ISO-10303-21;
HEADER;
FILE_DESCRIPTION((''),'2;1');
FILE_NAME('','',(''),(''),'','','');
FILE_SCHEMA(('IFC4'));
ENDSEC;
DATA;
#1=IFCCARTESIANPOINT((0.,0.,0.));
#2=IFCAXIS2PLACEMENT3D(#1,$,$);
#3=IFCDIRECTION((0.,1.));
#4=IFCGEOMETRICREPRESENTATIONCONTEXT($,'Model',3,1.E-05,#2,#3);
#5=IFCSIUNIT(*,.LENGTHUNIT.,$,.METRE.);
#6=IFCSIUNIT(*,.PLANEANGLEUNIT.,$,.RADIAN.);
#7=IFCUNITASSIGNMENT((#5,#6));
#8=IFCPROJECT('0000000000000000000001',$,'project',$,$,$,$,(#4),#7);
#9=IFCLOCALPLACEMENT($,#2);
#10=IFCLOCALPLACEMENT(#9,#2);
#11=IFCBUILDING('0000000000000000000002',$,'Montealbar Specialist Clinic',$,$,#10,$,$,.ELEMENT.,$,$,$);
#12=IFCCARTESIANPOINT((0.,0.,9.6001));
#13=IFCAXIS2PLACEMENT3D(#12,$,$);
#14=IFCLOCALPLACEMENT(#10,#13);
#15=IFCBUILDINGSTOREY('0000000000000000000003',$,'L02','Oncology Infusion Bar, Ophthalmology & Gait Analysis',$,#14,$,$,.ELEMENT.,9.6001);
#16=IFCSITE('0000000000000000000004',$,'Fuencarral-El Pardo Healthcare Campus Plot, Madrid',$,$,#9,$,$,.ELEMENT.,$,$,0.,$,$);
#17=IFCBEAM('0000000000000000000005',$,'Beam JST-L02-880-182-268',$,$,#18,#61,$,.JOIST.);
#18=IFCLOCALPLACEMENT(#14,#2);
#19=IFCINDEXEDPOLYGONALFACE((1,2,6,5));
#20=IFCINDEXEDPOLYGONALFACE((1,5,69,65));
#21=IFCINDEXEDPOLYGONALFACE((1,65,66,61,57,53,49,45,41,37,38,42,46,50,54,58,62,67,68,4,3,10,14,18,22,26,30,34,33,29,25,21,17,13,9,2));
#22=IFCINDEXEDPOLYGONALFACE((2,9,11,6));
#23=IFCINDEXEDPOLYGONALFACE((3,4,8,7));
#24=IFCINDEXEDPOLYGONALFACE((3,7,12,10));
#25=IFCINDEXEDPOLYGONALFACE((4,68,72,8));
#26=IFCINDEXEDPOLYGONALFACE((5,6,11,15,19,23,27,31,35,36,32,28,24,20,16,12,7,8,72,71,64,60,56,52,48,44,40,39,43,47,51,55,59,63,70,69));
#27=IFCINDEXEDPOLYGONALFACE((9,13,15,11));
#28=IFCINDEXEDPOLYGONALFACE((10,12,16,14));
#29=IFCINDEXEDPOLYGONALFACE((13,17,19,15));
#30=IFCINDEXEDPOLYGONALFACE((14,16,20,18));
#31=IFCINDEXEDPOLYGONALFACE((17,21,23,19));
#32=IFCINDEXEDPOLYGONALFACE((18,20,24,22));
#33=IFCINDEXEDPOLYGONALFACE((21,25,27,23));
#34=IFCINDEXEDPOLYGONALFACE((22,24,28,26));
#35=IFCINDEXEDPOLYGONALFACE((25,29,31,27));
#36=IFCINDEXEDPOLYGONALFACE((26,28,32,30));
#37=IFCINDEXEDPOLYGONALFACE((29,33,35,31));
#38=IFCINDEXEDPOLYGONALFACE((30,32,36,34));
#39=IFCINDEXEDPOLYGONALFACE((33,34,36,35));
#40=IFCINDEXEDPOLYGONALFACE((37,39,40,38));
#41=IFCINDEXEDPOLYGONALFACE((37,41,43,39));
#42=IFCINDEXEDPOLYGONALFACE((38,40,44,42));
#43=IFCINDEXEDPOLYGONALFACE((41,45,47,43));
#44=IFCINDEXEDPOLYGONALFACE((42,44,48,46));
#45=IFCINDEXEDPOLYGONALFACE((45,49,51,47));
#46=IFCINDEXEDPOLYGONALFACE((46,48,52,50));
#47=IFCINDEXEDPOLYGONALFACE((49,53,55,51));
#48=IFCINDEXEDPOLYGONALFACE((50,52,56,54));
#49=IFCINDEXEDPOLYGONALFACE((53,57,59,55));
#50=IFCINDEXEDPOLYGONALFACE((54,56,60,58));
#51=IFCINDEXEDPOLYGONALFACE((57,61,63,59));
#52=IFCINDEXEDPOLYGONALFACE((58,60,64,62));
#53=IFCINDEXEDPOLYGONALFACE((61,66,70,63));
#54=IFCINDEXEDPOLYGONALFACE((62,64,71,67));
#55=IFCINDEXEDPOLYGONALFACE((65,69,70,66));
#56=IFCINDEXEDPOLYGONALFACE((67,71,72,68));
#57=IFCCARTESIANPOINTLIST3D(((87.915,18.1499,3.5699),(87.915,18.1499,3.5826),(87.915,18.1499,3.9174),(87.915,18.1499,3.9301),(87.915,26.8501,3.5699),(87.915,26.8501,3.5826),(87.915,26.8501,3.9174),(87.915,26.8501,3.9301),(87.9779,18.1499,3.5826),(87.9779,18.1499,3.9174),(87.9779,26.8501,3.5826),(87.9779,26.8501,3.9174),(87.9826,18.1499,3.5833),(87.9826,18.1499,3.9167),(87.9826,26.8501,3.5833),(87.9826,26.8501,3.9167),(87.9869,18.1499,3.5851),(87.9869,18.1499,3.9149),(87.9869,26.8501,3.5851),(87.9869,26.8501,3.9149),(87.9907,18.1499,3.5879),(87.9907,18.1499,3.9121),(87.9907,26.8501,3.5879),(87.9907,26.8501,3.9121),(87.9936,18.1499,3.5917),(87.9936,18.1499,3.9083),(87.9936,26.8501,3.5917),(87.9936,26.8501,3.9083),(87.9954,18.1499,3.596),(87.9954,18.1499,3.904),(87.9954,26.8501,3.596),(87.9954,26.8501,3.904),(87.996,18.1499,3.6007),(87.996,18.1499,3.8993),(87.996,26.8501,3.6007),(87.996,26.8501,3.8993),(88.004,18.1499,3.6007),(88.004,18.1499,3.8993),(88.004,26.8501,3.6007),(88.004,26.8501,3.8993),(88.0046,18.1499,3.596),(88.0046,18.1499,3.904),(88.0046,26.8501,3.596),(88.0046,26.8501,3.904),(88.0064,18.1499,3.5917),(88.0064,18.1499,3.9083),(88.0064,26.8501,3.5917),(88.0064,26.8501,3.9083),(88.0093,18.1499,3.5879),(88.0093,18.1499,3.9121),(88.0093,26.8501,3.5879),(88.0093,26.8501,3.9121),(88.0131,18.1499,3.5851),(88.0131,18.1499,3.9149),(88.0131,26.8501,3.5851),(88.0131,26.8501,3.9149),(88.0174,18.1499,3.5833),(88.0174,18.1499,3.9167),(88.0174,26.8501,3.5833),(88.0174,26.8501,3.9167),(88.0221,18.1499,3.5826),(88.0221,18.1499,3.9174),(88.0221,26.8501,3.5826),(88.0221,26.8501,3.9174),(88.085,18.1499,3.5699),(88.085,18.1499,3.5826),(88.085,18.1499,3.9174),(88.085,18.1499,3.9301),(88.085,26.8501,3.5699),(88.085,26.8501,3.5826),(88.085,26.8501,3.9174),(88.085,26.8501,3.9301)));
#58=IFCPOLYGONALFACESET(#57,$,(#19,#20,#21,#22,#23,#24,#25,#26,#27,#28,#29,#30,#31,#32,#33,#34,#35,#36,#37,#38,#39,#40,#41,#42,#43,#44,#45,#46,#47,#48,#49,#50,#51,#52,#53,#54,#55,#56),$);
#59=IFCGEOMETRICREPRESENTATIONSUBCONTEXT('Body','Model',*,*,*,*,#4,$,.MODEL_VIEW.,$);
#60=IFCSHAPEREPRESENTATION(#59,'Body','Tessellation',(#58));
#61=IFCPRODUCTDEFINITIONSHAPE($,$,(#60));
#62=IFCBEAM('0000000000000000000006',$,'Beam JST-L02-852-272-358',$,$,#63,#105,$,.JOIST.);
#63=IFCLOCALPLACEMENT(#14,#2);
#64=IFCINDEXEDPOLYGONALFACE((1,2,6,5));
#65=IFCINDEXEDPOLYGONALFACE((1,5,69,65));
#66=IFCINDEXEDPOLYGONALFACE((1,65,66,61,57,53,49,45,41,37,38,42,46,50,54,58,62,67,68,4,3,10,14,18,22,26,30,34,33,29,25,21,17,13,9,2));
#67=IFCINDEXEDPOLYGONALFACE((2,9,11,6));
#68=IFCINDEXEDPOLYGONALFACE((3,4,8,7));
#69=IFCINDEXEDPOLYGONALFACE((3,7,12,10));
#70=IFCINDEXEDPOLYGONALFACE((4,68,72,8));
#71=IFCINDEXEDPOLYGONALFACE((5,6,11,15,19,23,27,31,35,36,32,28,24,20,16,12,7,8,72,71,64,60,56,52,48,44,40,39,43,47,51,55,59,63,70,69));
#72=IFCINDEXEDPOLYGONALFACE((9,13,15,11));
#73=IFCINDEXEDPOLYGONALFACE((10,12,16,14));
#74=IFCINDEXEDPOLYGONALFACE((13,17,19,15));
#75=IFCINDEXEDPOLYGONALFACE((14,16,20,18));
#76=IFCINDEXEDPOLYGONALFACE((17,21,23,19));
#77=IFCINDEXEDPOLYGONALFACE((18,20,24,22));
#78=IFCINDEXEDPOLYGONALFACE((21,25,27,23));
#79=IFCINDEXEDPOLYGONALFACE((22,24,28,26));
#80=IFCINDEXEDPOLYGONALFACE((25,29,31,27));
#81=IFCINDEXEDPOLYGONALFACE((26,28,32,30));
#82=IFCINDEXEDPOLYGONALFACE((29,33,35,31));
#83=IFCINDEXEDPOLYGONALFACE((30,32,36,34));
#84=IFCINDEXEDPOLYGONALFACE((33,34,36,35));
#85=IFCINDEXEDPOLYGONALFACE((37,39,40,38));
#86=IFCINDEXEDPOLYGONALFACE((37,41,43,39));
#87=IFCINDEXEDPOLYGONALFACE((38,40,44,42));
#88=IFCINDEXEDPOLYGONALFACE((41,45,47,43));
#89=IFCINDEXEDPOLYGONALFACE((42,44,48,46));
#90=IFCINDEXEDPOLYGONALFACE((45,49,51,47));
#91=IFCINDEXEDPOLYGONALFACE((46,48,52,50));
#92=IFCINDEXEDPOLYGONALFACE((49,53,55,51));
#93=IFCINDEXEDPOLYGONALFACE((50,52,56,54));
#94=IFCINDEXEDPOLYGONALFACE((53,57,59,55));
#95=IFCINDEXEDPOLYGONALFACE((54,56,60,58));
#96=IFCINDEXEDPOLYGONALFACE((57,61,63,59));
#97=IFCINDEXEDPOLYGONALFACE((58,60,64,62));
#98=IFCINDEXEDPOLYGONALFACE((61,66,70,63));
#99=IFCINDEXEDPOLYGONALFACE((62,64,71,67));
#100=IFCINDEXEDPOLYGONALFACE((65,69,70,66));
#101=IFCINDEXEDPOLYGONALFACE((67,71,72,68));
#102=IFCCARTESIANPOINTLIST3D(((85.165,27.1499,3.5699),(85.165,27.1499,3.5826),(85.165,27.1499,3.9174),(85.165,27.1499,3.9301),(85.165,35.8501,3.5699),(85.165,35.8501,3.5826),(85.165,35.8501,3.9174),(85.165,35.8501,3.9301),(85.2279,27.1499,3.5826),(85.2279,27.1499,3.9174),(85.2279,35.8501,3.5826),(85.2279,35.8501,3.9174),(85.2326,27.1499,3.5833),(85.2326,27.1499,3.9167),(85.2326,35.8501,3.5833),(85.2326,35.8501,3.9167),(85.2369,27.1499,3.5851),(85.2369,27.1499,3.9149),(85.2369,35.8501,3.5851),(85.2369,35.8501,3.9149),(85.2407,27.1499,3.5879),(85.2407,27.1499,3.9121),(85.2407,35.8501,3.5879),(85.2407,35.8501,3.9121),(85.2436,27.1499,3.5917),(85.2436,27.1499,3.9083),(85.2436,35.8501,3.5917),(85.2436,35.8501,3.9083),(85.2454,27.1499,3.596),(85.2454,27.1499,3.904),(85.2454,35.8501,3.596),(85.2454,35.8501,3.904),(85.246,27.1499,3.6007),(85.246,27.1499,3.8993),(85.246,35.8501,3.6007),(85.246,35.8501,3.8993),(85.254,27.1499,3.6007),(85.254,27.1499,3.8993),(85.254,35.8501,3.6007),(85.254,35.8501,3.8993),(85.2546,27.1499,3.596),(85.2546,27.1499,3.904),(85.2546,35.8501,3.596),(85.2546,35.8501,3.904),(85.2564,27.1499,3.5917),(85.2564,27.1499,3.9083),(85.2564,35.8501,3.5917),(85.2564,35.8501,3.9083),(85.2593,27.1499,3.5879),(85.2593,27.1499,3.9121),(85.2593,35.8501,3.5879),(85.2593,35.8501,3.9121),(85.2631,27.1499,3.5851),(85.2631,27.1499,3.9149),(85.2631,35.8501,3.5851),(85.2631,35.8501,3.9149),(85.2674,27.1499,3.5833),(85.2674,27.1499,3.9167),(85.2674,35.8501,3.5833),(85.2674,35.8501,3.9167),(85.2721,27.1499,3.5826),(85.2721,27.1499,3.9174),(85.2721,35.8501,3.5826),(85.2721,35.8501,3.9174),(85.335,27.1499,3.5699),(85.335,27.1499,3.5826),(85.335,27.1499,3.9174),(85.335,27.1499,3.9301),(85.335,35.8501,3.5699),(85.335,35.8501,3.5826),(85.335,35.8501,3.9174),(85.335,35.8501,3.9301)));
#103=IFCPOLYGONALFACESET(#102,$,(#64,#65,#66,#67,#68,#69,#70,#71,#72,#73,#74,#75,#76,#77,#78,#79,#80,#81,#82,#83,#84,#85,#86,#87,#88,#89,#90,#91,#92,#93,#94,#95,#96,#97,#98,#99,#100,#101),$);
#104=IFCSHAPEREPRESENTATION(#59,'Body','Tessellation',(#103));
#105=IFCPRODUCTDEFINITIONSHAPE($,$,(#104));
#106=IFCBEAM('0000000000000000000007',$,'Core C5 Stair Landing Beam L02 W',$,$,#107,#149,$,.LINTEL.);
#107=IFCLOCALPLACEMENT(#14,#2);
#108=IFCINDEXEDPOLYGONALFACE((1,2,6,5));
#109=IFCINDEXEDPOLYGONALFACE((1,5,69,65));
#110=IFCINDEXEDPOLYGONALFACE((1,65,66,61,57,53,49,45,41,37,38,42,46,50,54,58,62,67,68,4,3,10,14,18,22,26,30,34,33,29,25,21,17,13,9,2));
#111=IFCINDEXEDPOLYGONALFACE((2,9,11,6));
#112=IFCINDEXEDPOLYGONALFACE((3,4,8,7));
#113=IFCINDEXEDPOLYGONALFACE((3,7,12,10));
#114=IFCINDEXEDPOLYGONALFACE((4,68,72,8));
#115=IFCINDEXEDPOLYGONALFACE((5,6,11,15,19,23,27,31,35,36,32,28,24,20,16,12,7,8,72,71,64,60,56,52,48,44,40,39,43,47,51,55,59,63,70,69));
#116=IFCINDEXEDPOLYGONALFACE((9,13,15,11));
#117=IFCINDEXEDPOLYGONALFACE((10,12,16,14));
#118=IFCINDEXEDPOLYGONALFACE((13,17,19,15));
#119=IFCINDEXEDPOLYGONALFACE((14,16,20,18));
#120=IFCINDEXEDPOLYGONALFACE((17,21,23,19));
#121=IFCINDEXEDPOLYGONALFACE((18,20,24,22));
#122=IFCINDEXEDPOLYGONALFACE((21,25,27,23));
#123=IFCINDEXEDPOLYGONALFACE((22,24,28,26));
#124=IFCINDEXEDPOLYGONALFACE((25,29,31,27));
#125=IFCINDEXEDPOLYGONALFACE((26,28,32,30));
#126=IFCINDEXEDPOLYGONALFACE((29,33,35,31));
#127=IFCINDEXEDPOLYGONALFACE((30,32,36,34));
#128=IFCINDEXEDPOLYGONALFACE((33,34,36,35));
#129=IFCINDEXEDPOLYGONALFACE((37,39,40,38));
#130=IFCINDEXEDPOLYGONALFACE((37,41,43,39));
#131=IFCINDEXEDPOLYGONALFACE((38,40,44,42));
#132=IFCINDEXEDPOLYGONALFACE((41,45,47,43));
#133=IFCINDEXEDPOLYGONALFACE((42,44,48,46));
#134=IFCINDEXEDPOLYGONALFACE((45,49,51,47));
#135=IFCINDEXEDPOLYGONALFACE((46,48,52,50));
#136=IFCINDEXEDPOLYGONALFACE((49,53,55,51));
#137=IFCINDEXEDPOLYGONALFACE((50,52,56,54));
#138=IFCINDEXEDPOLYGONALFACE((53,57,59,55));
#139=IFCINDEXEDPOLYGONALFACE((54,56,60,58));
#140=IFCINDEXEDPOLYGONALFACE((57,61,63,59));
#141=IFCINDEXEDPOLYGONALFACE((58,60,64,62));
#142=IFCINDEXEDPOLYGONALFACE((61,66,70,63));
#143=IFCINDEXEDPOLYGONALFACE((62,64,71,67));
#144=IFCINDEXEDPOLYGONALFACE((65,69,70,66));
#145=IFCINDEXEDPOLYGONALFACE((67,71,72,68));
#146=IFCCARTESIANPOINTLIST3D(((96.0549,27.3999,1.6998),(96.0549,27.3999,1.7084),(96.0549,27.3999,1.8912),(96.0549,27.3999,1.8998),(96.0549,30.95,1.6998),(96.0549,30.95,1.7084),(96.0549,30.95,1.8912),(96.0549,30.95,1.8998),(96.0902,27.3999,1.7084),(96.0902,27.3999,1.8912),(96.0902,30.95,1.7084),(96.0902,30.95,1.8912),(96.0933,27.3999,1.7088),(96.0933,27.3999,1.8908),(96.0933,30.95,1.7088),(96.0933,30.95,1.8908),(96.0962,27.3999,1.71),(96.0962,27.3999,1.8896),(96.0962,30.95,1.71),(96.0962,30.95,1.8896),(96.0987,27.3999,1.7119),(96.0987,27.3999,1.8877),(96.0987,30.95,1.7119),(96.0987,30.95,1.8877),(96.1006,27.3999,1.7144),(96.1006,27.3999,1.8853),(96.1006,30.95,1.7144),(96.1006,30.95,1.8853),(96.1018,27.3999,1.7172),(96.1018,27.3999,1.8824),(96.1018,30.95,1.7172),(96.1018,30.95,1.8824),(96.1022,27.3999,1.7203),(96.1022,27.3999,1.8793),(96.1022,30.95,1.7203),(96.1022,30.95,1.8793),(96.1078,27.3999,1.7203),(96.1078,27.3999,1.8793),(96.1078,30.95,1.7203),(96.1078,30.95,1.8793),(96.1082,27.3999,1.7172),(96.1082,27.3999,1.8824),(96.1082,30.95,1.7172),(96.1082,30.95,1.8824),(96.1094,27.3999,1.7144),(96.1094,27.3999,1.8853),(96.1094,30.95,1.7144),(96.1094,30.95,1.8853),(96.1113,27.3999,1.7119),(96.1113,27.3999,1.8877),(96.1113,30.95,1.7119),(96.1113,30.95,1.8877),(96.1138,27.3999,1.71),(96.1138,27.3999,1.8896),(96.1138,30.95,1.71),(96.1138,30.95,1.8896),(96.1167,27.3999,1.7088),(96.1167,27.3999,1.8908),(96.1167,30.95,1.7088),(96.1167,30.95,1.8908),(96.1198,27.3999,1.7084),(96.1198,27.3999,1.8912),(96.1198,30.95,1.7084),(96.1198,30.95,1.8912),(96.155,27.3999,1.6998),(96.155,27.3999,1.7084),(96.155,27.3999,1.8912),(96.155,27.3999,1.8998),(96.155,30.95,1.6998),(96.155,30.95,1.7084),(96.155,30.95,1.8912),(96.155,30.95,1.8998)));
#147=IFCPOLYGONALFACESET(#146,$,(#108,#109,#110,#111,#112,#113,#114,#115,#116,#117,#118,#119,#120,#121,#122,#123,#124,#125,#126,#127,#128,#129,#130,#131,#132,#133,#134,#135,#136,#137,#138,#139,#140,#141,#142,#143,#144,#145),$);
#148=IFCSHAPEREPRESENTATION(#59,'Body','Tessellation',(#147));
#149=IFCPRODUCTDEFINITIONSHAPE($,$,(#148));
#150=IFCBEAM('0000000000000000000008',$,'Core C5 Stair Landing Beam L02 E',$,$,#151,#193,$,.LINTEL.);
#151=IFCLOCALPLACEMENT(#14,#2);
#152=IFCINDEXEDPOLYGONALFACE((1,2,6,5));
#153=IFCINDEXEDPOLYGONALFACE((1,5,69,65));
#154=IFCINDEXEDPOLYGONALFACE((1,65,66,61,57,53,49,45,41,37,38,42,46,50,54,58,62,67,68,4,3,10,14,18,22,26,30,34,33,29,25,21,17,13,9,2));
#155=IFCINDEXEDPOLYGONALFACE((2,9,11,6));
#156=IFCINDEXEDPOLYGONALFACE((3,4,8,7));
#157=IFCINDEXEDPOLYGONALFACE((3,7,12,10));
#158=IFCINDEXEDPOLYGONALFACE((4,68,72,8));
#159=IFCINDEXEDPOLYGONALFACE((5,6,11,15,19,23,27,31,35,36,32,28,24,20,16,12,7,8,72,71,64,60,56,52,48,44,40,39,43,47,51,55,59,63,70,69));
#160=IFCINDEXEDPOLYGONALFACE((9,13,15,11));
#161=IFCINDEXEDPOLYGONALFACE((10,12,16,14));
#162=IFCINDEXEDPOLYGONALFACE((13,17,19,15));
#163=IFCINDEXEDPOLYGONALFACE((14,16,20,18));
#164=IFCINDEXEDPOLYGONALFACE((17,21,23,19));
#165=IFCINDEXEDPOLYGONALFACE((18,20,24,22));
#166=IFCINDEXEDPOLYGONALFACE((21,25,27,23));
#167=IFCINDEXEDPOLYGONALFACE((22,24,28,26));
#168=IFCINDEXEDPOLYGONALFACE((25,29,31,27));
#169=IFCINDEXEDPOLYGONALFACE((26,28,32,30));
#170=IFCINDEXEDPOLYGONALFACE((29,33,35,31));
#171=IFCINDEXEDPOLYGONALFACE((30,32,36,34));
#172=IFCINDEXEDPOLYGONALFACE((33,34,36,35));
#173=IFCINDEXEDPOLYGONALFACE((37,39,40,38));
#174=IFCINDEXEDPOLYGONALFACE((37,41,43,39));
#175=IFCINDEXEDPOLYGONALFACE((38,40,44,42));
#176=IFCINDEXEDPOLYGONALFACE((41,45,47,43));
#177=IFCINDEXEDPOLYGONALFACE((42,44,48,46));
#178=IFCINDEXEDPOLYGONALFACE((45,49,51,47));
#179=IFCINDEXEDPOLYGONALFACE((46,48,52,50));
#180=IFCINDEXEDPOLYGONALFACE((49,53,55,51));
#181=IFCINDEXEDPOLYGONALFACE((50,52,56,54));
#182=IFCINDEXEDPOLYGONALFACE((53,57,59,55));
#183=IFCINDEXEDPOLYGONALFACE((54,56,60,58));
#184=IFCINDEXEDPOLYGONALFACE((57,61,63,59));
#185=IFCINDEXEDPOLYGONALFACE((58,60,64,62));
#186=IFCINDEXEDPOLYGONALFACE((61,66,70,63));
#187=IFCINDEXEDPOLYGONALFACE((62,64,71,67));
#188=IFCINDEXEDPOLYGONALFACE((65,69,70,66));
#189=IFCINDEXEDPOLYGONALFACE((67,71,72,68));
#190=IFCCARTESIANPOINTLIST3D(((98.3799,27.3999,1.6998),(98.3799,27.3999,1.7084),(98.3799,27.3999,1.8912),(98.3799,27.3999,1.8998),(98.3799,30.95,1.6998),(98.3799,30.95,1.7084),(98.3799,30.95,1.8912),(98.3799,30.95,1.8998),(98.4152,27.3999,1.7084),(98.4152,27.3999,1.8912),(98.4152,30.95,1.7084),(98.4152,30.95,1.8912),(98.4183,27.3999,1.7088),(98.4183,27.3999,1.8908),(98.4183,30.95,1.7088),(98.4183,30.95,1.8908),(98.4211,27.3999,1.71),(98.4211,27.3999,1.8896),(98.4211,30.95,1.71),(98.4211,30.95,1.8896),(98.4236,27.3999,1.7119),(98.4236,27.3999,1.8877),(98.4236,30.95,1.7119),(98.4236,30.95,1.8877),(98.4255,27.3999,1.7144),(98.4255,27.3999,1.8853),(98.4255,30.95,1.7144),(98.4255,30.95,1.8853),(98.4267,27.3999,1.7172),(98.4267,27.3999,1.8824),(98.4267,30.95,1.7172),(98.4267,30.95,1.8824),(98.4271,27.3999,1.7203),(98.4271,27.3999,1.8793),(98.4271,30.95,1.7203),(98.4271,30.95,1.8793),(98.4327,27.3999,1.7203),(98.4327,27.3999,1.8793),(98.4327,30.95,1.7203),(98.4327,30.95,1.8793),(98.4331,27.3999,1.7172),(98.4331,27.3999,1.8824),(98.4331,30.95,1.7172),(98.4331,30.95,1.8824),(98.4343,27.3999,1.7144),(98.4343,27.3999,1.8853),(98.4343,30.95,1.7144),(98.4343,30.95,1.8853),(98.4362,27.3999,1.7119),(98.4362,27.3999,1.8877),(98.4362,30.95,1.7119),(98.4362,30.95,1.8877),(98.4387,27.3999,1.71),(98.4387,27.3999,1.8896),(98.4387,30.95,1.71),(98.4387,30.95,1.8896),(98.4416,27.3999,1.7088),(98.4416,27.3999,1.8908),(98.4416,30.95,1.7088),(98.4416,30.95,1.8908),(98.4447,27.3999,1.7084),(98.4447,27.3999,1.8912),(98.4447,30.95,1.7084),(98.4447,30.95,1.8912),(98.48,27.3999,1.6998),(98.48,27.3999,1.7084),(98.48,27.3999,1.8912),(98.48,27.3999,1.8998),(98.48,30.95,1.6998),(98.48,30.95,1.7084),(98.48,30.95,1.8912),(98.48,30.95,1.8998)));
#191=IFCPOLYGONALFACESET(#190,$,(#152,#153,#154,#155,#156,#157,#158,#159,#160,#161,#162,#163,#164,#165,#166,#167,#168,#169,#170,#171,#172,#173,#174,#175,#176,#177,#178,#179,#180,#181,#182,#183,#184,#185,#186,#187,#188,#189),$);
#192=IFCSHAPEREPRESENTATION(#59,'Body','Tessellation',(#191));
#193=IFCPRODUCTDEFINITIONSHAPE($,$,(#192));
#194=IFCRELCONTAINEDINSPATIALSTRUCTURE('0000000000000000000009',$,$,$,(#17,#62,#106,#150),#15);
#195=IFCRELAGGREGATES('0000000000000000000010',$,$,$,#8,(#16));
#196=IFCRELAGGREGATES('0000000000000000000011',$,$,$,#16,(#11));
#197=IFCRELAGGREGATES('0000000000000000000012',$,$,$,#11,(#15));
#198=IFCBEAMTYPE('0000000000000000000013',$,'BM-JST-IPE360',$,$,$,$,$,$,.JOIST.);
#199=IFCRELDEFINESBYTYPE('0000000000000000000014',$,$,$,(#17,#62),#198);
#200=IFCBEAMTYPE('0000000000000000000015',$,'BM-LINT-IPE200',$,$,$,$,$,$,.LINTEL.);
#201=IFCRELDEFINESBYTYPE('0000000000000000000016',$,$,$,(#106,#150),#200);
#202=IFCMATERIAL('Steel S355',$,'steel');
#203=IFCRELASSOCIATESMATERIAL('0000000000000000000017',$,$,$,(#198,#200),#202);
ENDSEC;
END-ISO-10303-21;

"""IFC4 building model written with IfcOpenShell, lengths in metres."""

from ifc_helpers import new_model, si_unit, direction, frame, origin, origin_2d, place, context, subcontext, project, spatial, i_section, extrude, material, material_profile, profile_set, type_object, element, save


model = new_model("IFC4")

# Units and contexts
model_context = context("Model", 3, precision=1e-05, world=origin(), true_north=direction((0.0, 1.0)))
body_context = subcontext(model_context, "Body", "Model", "MODEL_VIEW")
ifc_project = project(units=[si_unit("LENGTHUNIT", "METRE"), si_unit("PLANEANGLEUNIT", "RADIAN")], contexts=[model_context])

# Site, building, storey
site_placement = place(None, origin())
site = spatial("IfcSite", under=ifc_project, at=site_placement, Name="Fuencarral-El Pardo Healthcare Campus Plot, Madrid", CompositionType="ELEMENT", RefElevation=0.0)
building_placement = place(site_placement, origin())
building = spatial("IfcBuilding", under=site, at=building_placement, Name="Montealbar Specialist Clinic", CompositionType="ELEMENT")
storey_placement = place(building_placement, frame((0.0, 0.0, 9.6001)))
storey = spatial("IfcBuildingStorey", under=building, at=storey_placement, Name="L02", Description="Oncology Infusion Bar, Ophthalmology & Gait Analysis", CompositionType="ELEMENT", Elevation=9.6001)

# Shared definitions
ifc_material_1 = material(Name="Steel S355", Category="steel")

# Beams
ifc_material_profile_1 = material_profile(ifc_material_1, i_section(OverallWidth=0.1699, OverallDepth=0.3601, WebThickness=0.0081, FlangeThickness=0.0127, FilletRadius=0.0181, at=origin_2d()), Name="IPE 360", Category="steel")
ifc_profile_set_1 = profile_set([ifc_material_profile_1], Name="Steel S355")
beam_type_1 = type_object("IfcBeamType", Name="BM-JST-IPE360", PredefinedType="JOIST", material=ifc_profile_set_1)
for number, where, z_axis, x_axis, name in (
    (1, (88.0, 18.1499, 3.75), (0.0, 1.0, 0.0), (-1.0, 0.0, 0.0), "Beam JST-L02-880-182-268"),
    (2, (85.25, 27.1499, 3.75), (0.0, 1.0, 0.0), (-1.0, 0.0, 0.0), "Beam JST-L02-852-272-358"),
):
    element("IfcBeam", number, at=place(storey_placement, frame(where, z_axis=z_axis, x_axis=x_axis)), inside=storey, type_object=beam_type_1, Name=name, PredefinedType="JOIST", context=body_context, shape_type="SweptSolid", body=[
        extrude(i_section(OverallWidth=0.1699, OverallDepth=0.3601, WebThickness=0.0081, FlangeThickness=0.0127, FilletRadius=0.0181, at=origin_2d()), origin(), (0.0, 0.0, 1.0), 8.7002),
    ])
ifc_material_profile_2 = material_profile(ifc_material_1, i_section(OverallWidth=0.1001, OverallDepth=0.2, WebThickness=0.0056, FlangeThickness=0.0085, FilletRadius=0.012, at=origin_2d()), Name="IPE 200", Category="steel")
ifc_profile_set_2 = profile_set([ifc_material_profile_2], Name="Steel S355")
beam_type_2 = type_object("IfcBeamType", Name="BM-LINT-IPE200", PredefinedType="LINTEL", material=ifc_profile_set_2)
for number, where, z_axis, x_axis, name in (
    (3, (96.105, 27.3999, 1.7998), (0.0, 1.0, 0.0), (-1.0, 0.0, 0.0), "Core C5 Stair Landing Beam L02 W"),
    (4, (98.4299, 27.3999, 1.7998), (0.0, 1.0, 0.0), (-1.0, 0.0, 0.0), "Core C5 Stair Landing Beam L02 E"),
):
    element("IfcBeam", number, at=place(storey_placement, frame(where, z_axis=z_axis, x_axis=x_axis)), inside=storey, type_object=beam_type_2, Name=name, PredefinedType="LINTEL", context=body_context, shape_type="SweptSolid", body=[
        extrude(i_section(OverallWidth=0.1001, OverallDepth=0.2, WebThickness=0.0056, FlangeThickness=0.0085, FilletRadius=0.012, at=origin_2d()), origin(), (0.0, 0.0, 1.0), 3.55),
    ])

save(model, "model.ifc")
